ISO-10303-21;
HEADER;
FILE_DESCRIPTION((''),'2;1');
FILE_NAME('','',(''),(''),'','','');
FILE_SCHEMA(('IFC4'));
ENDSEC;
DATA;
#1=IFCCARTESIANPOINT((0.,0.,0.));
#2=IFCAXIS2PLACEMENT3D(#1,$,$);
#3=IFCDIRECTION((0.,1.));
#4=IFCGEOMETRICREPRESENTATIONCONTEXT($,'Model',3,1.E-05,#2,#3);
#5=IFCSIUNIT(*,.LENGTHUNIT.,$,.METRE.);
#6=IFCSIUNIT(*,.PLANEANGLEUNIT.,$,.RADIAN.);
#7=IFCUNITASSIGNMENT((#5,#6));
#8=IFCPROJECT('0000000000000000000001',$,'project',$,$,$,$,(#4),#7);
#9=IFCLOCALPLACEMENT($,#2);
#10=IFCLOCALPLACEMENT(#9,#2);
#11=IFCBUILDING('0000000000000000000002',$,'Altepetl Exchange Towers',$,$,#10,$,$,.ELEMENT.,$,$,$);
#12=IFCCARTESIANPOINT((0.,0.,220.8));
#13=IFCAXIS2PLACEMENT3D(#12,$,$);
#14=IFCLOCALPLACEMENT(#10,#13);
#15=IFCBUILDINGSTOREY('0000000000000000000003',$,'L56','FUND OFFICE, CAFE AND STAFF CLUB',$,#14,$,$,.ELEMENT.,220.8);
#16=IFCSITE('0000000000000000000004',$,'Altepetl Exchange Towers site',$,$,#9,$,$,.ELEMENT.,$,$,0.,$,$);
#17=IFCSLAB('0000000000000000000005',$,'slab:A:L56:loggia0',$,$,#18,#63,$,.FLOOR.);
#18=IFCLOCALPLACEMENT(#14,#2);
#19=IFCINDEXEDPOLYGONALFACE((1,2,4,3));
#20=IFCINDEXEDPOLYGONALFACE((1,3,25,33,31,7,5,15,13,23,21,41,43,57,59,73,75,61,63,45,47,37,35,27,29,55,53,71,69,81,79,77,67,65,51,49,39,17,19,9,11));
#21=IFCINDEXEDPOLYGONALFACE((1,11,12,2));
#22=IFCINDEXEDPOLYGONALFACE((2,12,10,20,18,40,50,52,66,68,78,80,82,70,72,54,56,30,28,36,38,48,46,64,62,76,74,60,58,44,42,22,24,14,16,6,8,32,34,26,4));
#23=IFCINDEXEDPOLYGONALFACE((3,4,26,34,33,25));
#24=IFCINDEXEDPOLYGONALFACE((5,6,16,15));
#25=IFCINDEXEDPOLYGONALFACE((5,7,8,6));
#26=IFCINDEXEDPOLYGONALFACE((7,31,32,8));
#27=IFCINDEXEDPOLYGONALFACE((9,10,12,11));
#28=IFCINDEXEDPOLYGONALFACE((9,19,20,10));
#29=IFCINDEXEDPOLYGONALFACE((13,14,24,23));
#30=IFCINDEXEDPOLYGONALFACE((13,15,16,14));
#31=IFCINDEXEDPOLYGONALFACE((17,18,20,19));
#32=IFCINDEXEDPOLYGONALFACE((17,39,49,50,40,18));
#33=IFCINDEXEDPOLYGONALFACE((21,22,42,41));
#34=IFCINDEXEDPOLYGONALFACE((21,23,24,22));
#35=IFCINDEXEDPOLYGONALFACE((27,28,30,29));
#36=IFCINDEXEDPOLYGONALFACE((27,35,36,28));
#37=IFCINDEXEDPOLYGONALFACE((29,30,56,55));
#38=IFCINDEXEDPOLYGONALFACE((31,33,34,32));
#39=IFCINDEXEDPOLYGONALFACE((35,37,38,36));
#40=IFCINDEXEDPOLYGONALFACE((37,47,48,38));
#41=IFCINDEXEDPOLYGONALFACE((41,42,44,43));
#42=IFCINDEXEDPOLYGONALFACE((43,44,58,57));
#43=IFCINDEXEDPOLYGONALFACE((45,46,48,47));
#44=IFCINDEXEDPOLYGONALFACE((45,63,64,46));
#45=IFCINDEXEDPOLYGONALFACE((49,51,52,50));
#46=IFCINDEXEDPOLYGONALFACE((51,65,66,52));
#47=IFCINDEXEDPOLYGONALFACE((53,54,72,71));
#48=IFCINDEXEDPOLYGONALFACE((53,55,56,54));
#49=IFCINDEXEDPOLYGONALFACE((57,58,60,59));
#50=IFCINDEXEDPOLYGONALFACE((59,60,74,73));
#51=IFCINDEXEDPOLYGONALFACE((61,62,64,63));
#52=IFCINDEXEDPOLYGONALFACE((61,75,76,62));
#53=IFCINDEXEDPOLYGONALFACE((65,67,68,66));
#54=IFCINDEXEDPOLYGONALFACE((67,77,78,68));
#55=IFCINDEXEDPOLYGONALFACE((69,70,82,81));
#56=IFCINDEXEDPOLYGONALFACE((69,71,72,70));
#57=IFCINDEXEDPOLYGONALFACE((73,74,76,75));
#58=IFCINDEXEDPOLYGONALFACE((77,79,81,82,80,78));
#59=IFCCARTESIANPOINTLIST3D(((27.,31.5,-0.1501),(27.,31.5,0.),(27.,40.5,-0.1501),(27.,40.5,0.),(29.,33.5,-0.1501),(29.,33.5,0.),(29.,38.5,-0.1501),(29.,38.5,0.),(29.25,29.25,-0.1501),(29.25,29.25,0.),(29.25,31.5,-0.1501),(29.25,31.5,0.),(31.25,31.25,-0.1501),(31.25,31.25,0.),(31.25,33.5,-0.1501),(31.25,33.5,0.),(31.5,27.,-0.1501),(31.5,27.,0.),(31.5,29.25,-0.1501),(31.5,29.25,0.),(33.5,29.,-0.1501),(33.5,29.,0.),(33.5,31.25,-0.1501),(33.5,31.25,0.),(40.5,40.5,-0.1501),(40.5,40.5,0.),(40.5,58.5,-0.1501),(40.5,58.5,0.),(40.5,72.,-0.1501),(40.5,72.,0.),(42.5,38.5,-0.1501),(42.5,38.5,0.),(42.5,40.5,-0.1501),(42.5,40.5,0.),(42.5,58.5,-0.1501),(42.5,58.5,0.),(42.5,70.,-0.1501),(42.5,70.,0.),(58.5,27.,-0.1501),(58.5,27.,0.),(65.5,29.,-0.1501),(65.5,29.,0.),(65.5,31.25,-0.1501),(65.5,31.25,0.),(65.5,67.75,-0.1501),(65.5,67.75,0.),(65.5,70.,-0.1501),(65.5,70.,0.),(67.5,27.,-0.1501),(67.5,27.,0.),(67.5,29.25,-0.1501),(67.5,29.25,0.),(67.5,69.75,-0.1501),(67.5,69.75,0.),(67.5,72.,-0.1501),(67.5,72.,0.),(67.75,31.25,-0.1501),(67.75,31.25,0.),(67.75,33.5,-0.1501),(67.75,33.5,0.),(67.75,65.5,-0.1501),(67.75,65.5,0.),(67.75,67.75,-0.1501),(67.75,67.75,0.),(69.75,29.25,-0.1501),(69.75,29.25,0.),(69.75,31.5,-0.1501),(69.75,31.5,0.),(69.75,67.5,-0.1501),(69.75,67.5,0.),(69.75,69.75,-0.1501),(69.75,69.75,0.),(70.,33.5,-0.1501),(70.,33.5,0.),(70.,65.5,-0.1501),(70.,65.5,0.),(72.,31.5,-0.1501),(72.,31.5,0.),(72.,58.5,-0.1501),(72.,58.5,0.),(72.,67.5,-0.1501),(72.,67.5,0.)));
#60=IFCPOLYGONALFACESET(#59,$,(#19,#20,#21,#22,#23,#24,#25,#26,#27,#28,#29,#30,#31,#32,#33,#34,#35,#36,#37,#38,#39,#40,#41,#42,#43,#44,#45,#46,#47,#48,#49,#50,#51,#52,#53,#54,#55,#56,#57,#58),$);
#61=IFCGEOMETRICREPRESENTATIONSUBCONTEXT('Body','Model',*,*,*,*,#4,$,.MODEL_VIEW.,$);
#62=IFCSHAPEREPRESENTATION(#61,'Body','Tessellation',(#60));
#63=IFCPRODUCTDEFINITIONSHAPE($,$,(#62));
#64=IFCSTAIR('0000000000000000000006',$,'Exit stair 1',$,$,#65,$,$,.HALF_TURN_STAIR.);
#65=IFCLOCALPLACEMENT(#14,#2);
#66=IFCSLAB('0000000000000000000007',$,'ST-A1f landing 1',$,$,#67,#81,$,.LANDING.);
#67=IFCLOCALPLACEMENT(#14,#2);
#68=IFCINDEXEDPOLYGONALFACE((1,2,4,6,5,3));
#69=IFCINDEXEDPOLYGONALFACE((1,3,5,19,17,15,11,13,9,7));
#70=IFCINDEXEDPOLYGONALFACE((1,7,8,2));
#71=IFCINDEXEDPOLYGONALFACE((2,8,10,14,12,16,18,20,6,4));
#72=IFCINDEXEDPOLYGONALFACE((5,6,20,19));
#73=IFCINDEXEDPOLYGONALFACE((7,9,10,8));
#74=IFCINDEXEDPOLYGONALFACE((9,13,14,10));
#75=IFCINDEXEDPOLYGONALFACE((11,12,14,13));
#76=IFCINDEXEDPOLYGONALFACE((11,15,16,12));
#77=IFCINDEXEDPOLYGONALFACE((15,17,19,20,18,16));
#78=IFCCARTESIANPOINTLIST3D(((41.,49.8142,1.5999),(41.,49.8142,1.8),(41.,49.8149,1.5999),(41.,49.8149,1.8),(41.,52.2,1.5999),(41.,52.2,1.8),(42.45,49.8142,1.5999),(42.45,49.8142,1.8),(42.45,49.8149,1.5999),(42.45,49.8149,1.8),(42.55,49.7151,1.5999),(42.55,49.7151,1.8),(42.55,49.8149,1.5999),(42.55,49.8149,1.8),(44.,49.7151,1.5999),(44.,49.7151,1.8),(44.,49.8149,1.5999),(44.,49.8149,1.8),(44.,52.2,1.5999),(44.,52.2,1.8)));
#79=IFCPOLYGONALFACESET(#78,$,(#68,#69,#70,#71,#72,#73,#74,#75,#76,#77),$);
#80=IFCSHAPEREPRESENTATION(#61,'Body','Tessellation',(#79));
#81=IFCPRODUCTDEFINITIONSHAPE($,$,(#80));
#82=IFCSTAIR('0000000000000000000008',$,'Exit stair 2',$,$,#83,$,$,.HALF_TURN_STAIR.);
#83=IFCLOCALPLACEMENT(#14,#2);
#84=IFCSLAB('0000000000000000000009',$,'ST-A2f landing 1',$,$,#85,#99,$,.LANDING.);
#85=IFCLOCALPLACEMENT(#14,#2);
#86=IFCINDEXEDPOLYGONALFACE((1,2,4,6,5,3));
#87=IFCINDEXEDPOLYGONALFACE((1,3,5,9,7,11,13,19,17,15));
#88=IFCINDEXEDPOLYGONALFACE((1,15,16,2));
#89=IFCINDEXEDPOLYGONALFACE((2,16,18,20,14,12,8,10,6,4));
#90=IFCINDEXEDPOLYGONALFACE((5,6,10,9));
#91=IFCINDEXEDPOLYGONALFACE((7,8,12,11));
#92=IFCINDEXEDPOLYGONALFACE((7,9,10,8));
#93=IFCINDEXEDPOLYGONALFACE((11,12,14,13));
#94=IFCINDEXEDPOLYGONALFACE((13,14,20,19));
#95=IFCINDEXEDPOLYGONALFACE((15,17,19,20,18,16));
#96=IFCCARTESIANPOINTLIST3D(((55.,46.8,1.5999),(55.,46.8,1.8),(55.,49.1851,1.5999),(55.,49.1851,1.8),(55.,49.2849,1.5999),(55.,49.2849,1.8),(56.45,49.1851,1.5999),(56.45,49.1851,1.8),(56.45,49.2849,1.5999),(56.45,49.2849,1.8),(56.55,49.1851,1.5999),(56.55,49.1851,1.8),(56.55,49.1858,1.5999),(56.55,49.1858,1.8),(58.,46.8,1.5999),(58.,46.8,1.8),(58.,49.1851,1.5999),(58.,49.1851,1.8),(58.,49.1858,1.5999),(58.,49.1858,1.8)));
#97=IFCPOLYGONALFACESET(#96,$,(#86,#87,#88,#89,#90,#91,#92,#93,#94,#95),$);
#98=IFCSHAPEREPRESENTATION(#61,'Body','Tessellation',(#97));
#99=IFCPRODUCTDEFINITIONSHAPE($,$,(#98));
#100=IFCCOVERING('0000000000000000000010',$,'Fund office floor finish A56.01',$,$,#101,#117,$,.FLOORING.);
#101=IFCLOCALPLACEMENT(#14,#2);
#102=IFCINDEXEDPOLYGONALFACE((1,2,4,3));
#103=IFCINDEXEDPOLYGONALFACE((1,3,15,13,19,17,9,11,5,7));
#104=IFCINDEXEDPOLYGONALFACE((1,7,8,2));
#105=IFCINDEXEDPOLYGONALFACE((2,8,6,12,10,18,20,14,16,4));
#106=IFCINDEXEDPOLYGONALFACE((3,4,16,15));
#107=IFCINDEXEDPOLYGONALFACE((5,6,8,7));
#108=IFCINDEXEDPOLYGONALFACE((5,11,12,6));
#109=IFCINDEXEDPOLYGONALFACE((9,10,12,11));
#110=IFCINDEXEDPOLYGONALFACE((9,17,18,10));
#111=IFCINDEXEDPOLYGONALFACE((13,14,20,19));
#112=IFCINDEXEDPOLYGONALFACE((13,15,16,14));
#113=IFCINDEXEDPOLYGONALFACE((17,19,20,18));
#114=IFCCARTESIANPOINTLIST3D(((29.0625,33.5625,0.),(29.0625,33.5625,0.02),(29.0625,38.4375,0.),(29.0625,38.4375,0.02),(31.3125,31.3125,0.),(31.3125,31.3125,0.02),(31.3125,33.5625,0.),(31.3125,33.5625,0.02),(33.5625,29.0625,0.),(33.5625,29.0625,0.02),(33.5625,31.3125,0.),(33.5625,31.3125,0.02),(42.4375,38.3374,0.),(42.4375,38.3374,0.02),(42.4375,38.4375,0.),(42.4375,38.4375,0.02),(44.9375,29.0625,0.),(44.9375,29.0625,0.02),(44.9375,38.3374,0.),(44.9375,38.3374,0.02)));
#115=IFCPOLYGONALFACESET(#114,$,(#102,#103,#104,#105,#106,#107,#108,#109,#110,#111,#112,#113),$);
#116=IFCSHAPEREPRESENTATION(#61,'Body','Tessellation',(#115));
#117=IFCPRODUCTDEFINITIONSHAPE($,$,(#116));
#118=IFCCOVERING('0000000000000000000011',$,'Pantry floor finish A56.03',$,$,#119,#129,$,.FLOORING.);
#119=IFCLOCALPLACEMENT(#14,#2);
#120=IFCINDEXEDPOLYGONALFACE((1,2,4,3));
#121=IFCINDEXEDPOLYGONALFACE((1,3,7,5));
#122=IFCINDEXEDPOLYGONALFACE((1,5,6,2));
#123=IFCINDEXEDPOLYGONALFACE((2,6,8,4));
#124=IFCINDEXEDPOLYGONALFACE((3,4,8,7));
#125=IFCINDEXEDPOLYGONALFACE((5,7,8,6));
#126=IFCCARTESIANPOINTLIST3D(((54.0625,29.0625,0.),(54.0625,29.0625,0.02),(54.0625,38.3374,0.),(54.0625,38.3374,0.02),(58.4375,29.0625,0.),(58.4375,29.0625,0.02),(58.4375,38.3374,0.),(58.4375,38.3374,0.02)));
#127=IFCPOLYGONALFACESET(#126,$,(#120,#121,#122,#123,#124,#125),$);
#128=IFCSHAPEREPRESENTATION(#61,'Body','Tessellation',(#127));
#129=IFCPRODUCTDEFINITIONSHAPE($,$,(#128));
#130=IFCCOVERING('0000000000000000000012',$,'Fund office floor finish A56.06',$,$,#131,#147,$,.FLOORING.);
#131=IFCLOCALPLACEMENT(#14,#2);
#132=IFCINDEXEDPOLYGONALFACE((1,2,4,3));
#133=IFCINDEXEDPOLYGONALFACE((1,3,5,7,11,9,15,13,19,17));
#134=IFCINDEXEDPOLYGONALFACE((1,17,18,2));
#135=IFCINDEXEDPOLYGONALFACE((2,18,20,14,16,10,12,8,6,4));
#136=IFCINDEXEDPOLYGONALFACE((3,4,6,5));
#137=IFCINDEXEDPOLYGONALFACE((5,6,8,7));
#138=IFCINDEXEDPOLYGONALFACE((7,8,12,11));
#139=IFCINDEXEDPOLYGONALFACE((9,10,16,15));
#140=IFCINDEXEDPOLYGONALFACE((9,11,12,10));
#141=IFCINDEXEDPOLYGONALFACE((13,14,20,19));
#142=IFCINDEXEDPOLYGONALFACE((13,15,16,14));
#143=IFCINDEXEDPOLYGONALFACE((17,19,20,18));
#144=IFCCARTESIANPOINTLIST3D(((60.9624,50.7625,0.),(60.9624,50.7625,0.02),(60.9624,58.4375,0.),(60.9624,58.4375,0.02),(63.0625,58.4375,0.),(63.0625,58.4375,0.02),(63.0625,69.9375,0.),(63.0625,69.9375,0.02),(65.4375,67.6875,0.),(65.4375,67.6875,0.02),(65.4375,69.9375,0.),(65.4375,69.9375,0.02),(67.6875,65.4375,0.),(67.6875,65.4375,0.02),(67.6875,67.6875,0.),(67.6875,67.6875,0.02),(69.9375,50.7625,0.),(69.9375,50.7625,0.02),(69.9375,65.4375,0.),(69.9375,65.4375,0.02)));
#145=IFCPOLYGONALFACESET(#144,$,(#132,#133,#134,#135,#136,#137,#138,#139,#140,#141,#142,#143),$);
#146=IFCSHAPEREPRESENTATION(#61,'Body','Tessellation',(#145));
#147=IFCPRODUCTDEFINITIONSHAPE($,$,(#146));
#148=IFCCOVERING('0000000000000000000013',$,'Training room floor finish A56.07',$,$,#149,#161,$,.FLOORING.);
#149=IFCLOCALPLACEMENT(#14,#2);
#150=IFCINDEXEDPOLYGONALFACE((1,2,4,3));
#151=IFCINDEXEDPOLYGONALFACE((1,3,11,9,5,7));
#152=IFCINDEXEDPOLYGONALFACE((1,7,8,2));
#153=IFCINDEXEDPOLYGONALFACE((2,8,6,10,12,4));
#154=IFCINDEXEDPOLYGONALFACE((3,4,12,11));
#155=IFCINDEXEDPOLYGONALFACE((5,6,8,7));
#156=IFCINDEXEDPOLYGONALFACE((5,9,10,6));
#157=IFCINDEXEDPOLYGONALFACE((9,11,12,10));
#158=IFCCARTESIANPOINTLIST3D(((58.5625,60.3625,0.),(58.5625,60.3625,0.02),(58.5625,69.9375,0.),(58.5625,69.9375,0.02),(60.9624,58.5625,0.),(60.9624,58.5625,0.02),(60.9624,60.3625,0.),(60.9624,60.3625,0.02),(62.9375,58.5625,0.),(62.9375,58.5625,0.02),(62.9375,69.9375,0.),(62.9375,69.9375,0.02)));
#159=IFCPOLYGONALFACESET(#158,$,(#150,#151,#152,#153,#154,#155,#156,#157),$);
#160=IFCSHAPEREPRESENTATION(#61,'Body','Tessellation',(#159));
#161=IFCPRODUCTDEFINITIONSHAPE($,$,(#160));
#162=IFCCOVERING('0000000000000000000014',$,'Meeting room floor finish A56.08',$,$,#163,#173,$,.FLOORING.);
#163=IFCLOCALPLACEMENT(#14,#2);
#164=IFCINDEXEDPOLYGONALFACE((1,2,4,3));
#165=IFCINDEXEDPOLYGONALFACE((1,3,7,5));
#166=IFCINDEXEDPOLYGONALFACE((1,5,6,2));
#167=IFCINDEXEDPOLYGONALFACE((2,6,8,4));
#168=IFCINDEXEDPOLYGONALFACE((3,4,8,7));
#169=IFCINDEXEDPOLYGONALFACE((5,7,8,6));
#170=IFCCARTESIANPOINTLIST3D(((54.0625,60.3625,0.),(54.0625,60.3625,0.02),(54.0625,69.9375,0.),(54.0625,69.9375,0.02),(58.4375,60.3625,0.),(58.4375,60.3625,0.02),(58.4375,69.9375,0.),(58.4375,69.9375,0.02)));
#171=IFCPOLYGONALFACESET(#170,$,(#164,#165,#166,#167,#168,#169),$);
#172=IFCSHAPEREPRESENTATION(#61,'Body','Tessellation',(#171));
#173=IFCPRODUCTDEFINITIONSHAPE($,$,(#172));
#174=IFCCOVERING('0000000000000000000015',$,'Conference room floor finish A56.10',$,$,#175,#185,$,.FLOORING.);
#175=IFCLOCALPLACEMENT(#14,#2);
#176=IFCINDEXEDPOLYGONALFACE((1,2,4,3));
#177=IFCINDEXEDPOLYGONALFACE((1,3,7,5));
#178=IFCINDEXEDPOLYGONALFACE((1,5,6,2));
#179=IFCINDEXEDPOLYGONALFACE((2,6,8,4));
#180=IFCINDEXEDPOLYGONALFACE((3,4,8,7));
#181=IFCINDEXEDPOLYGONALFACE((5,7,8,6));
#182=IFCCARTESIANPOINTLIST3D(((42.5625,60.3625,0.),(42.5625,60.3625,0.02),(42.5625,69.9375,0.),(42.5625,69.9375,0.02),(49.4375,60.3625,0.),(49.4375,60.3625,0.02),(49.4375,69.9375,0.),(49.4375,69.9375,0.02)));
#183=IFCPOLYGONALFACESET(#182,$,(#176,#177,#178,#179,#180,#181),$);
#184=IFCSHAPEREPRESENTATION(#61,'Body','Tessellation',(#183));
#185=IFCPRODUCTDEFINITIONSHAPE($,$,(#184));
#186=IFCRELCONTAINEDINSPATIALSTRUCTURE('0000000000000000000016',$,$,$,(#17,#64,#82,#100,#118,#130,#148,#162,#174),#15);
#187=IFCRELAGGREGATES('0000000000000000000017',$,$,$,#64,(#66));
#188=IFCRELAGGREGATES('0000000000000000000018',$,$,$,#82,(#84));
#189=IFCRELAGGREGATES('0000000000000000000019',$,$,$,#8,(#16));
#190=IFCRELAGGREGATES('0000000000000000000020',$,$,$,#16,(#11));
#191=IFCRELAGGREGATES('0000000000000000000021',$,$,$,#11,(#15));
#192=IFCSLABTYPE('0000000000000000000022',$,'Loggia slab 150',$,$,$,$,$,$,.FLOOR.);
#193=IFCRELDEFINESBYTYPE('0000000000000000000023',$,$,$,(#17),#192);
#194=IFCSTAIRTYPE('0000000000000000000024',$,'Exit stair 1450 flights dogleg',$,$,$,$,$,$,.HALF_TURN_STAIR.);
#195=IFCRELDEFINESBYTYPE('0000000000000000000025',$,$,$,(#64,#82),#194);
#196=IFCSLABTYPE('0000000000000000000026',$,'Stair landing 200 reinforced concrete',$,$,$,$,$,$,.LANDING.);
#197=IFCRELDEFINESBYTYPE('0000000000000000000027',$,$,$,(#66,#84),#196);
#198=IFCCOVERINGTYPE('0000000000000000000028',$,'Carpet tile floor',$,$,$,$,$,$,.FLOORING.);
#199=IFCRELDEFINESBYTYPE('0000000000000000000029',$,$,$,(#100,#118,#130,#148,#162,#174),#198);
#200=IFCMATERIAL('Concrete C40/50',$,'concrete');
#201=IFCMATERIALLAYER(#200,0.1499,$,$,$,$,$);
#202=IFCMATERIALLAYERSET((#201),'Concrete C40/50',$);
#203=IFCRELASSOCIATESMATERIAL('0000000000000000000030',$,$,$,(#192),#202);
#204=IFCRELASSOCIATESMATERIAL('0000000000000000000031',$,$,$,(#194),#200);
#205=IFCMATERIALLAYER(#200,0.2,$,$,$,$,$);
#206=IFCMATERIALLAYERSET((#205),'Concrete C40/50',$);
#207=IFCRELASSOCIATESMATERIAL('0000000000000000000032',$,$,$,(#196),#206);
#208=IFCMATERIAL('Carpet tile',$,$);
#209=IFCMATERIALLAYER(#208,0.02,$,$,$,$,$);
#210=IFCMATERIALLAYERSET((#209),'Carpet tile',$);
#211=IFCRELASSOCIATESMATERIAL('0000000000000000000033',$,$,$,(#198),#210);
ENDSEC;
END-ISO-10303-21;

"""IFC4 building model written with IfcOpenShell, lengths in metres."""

from ifc_helpers import new_model, si_unit, direction, frame, origin, place, context, subcontext, project, spatial, polyline, outline, extrude, material, layer, layer_set, type_object, element, aggregate, save


model = new_model("IFC4")

# Units and contexts
model_context = context("Model", 3, precision=1e-05, world=origin(), true_north=direction((0.0, 1.0)))
body_context = subcontext(model_context, "Body", "Model", "MODEL_VIEW")
ifc_project = project(units=[si_unit("LENGTHUNIT", "METRE"), si_unit("PLANEANGLEUNIT", "RADIAN")], contexts=[model_context])

# Site, building, storey
site_placement = place(None, origin())
site = spatial("IfcSite", under=ifc_project, at=site_placement, Name="Altepetl Exchange Towers site", CompositionType="ELEMENT", RefElevation=0.0)
building_placement = place(site_placement, origin())
building = spatial("IfcBuilding", under=site, at=building_placement, Name="Altepetl Exchange Towers", CompositionType="ELEMENT")
storey_placement = place(building_placement, frame((0.0, 0.0, 220.8)))
storey = spatial("IfcBuildingStorey", under=building, at=storey_placement, Name="L56", Description="FUND OFFICE, CAFE AND STAFF CLUB", CompositionType="ELEMENT", Elevation=220.8)

# Shared definitions
ifc_material_1 = material(Name="Concrete C40/50", Category="concrete")

# Slab
ifc_layer_1 = layer(ifc_material_1, 0.1499)
ifc_layer_set_1 = layer_set([ifc_layer_1], Name="Concrete C40/50")
slab_type_1 = type_object("IfcSlabType", Name="Loggia slab 150", PredefinedType="FLOOR", material=ifc_layer_set_1)
slab_1_placement = place(storey_placement, frame((0.0, 0.0, -0.1501)))
element("IfcSlab", 1, at=slab_1_placement, inside=storey, type_object=slab_type_1, Name="slab:A:L56:loggia0", PredefinedType="FLOOR", context=body_context, shape_type="SweptSolid", body=[
    extrude(outline(polyline([(40.5, 72.0), (40.5, 58.5), (42.5, 58.5), (42.5, 70.0), (65.5, 70.0), (65.5, 67.75), (67.75, 67.75), (67.75, 65.5), (70.0, 65.5), (70.0, 33.5), (67.75, 33.5), (67.75, 31.25), (65.5, 31.25), (65.5, 29.0), (33.5, 29.0), (33.5, 31.25), (31.25, 31.25), (31.25, 33.5), (29.0, 33.5), (29.0, 38.5), (42.5, 38.5), (42.5, 40.5), (40.5, 40.5), (27.0, 40.5), (27.0, 31.5), (29.25, 31.5), (29.25, 29.25), (31.5, 29.25), (31.5, 27.0), (58.5, 27.0), (67.5, 27.0), (67.5, 29.25), (69.75, 29.25), (69.75, 31.5), (72.0, 31.5), (72.0, 58.5), (72.0, 67.5), (69.75, 67.5), (69.75, 69.75), (67.5, 69.75), (67.5, 72.0), (40.5, 72.0)])), origin(), (0.0, 0.0, 1.0), 0.1501),
])

# Stairs, slabs
stair_type = type_object("IfcStairType", Name="Exit stair 1450 flights dogleg", PredefinedType="HALF_TURN_STAIR", material=ifc_material_1)
stair_1_placement = place(storey_placement, origin())
stair_1 = element("IfcStair", 2, at=stair_1_placement, inside=storey, type_object=stair_type, Name="Exit stair 1", PredefinedType="HALF_TURN_STAIR")
ifc_layer_2 = layer(ifc_material_1, 0.2)
ifc_layer_set_2 = layer_set([ifc_layer_2], Name="Concrete C40/50")
slab_type_2 = type_object("IfcSlabType", Name="Stair landing 200 reinforced concrete", PredefinedType="LANDING", material=ifc_layer_set_2)
slab_2_placement = place(storey_placement, frame((0.0, 0.0, 1.5999)))
slab_2 = element("IfcSlab", 3, at=slab_2_placement, type_object=slab_type_2, Name="ST-A1f landing 1", PredefinedType="LANDING", context=body_context, shape_type="SweptSolid", body=[
    extrude(outline(polyline([(44.0, 49.7151), (42.55, 49.7151), (42.55, 49.8149), (42.45, 49.8149), (42.45, 49.8142), (41.0, 49.8142), (41.0, 49.8149), (41.0, 52.2), (44.0, 52.2), (44.0, 49.8149), (44.0, 49.7151)])), origin(), (0.0, 0.0, 1.0), 0.2002),
])
aggregate(stair_1, [slab_2])
stair_2_placement = place(storey_placement, origin())
stair_2 = element("IfcStair", 4, at=stair_2_placement, inside=storey, type_object=stair_type, Name="Exit stair 2", PredefinedType="HALF_TURN_STAIR")
slab_3_placement = place(storey_placement, frame((0.0, 0.0, 1.5999)))
slab_3 = element("IfcSlab", 5, at=slab_3_placement, type_object=slab_type_2, Name="ST-A2f landing 1", PredefinedType="LANDING", context=body_context, shape_type="SweptSolid", body=[
    extrude(outline(polyline([(58.0, 46.8), (55.0, 46.8), (55.0, 49.1851), (55.0, 49.2849), (56.45, 49.2849), (56.45, 49.1851), (56.55, 49.1851), (56.55, 49.1858), (58.0, 49.1858), (58.0, 49.1851), (58.0, 46.8)])), origin(), (0.0, 0.0, 1.0), 0.2002),
])
aggregate(stair_2, [slab_3])

# Coverings
ifc_material_2 = material(Name="Carpet tile")
ifc_layer_3 = layer(ifc_material_2, 0.02)
ifc_layer_set_3 = layer_set([ifc_layer_3], Name="Carpet tile")
covering_type_1 = type_object("IfcCoveringType", Name="Carpet tile floor", PredefinedType="FLOORING", material=ifc_layer_set_3)
covering_1_placement = place(storey_placement, origin())
element("IfcCovering", 6, at=covering_1_placement, inside=storey, type_object=covering_type_1, Name="Fund office floor finish A56.01", PredefinedType="FLOORING", context=body_context, shape_type="SweptSolid", body=[
    extrude(outline(polyline([(33.5625, 29.0625), (44.9375, 29.0625), (44.9375, 38.3374), (42.4375, 38.3374), (42.4375, 38.4375), (29.0625, 38.4375), (29.0625, 33.5625), (31.3125, 33.5625), (31.3125, 31.3125), (33.5625, 31.3125), (33.5625, 29.0625)])), origin(), (0.0, 0.0, 1.0), 0.02),
])
covering_2_placement = place(storey_placement, origin())
element("IfcCovering", 7, at=covering_2_placement, inside=storey, type_object=covering_type_1, Name="Pantry floor finish A56.03", PredefinedType="FLOORING", context=body_context, shape_type="SweptSolid", body=[
    extrude(outline(polyline([(58.4375, 29.0625), (58.4375, 38.3374), (54.0625, 38.3374), (54.0625, 29.0625), (58.4375, 29.0625)])), origin(), (0.0, 0.0, 1.0), 0.02),
])
covering_3_placement = place(storey_placement, origin())
element("IfcCovering", 8, at=covering_3_placement, inside=storey, type_object=covering_type_1, Name="Fund office floor finish A56.06", PredefinedType="FLOORING", context=body_context, shape_type="SweptSolid", body=[
    extrude(outline(polyline([(60.9624, 50.7625), (69.9375, 50.7625), (69.9375, 65.4375), (67.6875, 65.4375), (67.6875, 67.6875), (65.4375, 67.6875), (65.4375, 69.9375), (63.0625, 69.9375), (63.0625, 58.4375), (60.9624, 58.4375), (60.9624, 50.7625)])), origin(), (0.0, 0.0, 1.0), 0.02),
])
covering_4_placement = place(storey_placement, origin())
element("IfcCovering", 9, at=covering_4_placement, inside=storey, type_object=covering_type_1, Name="Training room floor finish A56.07", PredefinedType="FLOORING", context=body_context, shape_type="SweptSolid", body=[
    extrude(outline(polyline([(60.9624, 58.5625), (62.9375, 58.5625), (62.9375, 69.9375), (58.5625, 69.9375), (58.5625, 60.3625), (60.9624, 60.3625), (60.9624, 58.5625)])), origin(), (0.0, 0.0, 1.0), 0.02),
])
covering_5_placement = place(storey_placement, origin())
element("IfcCovering", 10, at=covering_5_placement, inside=storey, type_object=covering_type_1, Name="Meeting room floor finish A56.08", PredefinedType="FLOORING", context=body_context, shape_type="SweptSolid", body=[
    extrude(outline(polyline([(58.4375, 60.3625), (58.4375, 69.9375), (54.0625, 69.9375), (54.0625, 60.3625), (58.4375, 60.3625)])), origin(), (0.0, 0.0, 1.0), 0.02),
])
covering_6_placement = place(storey_placement, origin())
element("IfcCovering", 11, at=covering_6_placement, inside=storey, type_object=covering_type_1, Name="Conference room floor finish A56.10", PredefinedType="FLOORING", context=body_context, shape_type="SweptSolid", body=[
    extrude(outline(polyline([(49.4375, 60.3625), (49.4375, 69.9375), (42.5625, 69.9375), (42.5625, 60.3625), (49.4375, 60.3625)])), origin(), (0.0, 0.0, 1.0), 0.02),
])

save(model, "model.ifc")
